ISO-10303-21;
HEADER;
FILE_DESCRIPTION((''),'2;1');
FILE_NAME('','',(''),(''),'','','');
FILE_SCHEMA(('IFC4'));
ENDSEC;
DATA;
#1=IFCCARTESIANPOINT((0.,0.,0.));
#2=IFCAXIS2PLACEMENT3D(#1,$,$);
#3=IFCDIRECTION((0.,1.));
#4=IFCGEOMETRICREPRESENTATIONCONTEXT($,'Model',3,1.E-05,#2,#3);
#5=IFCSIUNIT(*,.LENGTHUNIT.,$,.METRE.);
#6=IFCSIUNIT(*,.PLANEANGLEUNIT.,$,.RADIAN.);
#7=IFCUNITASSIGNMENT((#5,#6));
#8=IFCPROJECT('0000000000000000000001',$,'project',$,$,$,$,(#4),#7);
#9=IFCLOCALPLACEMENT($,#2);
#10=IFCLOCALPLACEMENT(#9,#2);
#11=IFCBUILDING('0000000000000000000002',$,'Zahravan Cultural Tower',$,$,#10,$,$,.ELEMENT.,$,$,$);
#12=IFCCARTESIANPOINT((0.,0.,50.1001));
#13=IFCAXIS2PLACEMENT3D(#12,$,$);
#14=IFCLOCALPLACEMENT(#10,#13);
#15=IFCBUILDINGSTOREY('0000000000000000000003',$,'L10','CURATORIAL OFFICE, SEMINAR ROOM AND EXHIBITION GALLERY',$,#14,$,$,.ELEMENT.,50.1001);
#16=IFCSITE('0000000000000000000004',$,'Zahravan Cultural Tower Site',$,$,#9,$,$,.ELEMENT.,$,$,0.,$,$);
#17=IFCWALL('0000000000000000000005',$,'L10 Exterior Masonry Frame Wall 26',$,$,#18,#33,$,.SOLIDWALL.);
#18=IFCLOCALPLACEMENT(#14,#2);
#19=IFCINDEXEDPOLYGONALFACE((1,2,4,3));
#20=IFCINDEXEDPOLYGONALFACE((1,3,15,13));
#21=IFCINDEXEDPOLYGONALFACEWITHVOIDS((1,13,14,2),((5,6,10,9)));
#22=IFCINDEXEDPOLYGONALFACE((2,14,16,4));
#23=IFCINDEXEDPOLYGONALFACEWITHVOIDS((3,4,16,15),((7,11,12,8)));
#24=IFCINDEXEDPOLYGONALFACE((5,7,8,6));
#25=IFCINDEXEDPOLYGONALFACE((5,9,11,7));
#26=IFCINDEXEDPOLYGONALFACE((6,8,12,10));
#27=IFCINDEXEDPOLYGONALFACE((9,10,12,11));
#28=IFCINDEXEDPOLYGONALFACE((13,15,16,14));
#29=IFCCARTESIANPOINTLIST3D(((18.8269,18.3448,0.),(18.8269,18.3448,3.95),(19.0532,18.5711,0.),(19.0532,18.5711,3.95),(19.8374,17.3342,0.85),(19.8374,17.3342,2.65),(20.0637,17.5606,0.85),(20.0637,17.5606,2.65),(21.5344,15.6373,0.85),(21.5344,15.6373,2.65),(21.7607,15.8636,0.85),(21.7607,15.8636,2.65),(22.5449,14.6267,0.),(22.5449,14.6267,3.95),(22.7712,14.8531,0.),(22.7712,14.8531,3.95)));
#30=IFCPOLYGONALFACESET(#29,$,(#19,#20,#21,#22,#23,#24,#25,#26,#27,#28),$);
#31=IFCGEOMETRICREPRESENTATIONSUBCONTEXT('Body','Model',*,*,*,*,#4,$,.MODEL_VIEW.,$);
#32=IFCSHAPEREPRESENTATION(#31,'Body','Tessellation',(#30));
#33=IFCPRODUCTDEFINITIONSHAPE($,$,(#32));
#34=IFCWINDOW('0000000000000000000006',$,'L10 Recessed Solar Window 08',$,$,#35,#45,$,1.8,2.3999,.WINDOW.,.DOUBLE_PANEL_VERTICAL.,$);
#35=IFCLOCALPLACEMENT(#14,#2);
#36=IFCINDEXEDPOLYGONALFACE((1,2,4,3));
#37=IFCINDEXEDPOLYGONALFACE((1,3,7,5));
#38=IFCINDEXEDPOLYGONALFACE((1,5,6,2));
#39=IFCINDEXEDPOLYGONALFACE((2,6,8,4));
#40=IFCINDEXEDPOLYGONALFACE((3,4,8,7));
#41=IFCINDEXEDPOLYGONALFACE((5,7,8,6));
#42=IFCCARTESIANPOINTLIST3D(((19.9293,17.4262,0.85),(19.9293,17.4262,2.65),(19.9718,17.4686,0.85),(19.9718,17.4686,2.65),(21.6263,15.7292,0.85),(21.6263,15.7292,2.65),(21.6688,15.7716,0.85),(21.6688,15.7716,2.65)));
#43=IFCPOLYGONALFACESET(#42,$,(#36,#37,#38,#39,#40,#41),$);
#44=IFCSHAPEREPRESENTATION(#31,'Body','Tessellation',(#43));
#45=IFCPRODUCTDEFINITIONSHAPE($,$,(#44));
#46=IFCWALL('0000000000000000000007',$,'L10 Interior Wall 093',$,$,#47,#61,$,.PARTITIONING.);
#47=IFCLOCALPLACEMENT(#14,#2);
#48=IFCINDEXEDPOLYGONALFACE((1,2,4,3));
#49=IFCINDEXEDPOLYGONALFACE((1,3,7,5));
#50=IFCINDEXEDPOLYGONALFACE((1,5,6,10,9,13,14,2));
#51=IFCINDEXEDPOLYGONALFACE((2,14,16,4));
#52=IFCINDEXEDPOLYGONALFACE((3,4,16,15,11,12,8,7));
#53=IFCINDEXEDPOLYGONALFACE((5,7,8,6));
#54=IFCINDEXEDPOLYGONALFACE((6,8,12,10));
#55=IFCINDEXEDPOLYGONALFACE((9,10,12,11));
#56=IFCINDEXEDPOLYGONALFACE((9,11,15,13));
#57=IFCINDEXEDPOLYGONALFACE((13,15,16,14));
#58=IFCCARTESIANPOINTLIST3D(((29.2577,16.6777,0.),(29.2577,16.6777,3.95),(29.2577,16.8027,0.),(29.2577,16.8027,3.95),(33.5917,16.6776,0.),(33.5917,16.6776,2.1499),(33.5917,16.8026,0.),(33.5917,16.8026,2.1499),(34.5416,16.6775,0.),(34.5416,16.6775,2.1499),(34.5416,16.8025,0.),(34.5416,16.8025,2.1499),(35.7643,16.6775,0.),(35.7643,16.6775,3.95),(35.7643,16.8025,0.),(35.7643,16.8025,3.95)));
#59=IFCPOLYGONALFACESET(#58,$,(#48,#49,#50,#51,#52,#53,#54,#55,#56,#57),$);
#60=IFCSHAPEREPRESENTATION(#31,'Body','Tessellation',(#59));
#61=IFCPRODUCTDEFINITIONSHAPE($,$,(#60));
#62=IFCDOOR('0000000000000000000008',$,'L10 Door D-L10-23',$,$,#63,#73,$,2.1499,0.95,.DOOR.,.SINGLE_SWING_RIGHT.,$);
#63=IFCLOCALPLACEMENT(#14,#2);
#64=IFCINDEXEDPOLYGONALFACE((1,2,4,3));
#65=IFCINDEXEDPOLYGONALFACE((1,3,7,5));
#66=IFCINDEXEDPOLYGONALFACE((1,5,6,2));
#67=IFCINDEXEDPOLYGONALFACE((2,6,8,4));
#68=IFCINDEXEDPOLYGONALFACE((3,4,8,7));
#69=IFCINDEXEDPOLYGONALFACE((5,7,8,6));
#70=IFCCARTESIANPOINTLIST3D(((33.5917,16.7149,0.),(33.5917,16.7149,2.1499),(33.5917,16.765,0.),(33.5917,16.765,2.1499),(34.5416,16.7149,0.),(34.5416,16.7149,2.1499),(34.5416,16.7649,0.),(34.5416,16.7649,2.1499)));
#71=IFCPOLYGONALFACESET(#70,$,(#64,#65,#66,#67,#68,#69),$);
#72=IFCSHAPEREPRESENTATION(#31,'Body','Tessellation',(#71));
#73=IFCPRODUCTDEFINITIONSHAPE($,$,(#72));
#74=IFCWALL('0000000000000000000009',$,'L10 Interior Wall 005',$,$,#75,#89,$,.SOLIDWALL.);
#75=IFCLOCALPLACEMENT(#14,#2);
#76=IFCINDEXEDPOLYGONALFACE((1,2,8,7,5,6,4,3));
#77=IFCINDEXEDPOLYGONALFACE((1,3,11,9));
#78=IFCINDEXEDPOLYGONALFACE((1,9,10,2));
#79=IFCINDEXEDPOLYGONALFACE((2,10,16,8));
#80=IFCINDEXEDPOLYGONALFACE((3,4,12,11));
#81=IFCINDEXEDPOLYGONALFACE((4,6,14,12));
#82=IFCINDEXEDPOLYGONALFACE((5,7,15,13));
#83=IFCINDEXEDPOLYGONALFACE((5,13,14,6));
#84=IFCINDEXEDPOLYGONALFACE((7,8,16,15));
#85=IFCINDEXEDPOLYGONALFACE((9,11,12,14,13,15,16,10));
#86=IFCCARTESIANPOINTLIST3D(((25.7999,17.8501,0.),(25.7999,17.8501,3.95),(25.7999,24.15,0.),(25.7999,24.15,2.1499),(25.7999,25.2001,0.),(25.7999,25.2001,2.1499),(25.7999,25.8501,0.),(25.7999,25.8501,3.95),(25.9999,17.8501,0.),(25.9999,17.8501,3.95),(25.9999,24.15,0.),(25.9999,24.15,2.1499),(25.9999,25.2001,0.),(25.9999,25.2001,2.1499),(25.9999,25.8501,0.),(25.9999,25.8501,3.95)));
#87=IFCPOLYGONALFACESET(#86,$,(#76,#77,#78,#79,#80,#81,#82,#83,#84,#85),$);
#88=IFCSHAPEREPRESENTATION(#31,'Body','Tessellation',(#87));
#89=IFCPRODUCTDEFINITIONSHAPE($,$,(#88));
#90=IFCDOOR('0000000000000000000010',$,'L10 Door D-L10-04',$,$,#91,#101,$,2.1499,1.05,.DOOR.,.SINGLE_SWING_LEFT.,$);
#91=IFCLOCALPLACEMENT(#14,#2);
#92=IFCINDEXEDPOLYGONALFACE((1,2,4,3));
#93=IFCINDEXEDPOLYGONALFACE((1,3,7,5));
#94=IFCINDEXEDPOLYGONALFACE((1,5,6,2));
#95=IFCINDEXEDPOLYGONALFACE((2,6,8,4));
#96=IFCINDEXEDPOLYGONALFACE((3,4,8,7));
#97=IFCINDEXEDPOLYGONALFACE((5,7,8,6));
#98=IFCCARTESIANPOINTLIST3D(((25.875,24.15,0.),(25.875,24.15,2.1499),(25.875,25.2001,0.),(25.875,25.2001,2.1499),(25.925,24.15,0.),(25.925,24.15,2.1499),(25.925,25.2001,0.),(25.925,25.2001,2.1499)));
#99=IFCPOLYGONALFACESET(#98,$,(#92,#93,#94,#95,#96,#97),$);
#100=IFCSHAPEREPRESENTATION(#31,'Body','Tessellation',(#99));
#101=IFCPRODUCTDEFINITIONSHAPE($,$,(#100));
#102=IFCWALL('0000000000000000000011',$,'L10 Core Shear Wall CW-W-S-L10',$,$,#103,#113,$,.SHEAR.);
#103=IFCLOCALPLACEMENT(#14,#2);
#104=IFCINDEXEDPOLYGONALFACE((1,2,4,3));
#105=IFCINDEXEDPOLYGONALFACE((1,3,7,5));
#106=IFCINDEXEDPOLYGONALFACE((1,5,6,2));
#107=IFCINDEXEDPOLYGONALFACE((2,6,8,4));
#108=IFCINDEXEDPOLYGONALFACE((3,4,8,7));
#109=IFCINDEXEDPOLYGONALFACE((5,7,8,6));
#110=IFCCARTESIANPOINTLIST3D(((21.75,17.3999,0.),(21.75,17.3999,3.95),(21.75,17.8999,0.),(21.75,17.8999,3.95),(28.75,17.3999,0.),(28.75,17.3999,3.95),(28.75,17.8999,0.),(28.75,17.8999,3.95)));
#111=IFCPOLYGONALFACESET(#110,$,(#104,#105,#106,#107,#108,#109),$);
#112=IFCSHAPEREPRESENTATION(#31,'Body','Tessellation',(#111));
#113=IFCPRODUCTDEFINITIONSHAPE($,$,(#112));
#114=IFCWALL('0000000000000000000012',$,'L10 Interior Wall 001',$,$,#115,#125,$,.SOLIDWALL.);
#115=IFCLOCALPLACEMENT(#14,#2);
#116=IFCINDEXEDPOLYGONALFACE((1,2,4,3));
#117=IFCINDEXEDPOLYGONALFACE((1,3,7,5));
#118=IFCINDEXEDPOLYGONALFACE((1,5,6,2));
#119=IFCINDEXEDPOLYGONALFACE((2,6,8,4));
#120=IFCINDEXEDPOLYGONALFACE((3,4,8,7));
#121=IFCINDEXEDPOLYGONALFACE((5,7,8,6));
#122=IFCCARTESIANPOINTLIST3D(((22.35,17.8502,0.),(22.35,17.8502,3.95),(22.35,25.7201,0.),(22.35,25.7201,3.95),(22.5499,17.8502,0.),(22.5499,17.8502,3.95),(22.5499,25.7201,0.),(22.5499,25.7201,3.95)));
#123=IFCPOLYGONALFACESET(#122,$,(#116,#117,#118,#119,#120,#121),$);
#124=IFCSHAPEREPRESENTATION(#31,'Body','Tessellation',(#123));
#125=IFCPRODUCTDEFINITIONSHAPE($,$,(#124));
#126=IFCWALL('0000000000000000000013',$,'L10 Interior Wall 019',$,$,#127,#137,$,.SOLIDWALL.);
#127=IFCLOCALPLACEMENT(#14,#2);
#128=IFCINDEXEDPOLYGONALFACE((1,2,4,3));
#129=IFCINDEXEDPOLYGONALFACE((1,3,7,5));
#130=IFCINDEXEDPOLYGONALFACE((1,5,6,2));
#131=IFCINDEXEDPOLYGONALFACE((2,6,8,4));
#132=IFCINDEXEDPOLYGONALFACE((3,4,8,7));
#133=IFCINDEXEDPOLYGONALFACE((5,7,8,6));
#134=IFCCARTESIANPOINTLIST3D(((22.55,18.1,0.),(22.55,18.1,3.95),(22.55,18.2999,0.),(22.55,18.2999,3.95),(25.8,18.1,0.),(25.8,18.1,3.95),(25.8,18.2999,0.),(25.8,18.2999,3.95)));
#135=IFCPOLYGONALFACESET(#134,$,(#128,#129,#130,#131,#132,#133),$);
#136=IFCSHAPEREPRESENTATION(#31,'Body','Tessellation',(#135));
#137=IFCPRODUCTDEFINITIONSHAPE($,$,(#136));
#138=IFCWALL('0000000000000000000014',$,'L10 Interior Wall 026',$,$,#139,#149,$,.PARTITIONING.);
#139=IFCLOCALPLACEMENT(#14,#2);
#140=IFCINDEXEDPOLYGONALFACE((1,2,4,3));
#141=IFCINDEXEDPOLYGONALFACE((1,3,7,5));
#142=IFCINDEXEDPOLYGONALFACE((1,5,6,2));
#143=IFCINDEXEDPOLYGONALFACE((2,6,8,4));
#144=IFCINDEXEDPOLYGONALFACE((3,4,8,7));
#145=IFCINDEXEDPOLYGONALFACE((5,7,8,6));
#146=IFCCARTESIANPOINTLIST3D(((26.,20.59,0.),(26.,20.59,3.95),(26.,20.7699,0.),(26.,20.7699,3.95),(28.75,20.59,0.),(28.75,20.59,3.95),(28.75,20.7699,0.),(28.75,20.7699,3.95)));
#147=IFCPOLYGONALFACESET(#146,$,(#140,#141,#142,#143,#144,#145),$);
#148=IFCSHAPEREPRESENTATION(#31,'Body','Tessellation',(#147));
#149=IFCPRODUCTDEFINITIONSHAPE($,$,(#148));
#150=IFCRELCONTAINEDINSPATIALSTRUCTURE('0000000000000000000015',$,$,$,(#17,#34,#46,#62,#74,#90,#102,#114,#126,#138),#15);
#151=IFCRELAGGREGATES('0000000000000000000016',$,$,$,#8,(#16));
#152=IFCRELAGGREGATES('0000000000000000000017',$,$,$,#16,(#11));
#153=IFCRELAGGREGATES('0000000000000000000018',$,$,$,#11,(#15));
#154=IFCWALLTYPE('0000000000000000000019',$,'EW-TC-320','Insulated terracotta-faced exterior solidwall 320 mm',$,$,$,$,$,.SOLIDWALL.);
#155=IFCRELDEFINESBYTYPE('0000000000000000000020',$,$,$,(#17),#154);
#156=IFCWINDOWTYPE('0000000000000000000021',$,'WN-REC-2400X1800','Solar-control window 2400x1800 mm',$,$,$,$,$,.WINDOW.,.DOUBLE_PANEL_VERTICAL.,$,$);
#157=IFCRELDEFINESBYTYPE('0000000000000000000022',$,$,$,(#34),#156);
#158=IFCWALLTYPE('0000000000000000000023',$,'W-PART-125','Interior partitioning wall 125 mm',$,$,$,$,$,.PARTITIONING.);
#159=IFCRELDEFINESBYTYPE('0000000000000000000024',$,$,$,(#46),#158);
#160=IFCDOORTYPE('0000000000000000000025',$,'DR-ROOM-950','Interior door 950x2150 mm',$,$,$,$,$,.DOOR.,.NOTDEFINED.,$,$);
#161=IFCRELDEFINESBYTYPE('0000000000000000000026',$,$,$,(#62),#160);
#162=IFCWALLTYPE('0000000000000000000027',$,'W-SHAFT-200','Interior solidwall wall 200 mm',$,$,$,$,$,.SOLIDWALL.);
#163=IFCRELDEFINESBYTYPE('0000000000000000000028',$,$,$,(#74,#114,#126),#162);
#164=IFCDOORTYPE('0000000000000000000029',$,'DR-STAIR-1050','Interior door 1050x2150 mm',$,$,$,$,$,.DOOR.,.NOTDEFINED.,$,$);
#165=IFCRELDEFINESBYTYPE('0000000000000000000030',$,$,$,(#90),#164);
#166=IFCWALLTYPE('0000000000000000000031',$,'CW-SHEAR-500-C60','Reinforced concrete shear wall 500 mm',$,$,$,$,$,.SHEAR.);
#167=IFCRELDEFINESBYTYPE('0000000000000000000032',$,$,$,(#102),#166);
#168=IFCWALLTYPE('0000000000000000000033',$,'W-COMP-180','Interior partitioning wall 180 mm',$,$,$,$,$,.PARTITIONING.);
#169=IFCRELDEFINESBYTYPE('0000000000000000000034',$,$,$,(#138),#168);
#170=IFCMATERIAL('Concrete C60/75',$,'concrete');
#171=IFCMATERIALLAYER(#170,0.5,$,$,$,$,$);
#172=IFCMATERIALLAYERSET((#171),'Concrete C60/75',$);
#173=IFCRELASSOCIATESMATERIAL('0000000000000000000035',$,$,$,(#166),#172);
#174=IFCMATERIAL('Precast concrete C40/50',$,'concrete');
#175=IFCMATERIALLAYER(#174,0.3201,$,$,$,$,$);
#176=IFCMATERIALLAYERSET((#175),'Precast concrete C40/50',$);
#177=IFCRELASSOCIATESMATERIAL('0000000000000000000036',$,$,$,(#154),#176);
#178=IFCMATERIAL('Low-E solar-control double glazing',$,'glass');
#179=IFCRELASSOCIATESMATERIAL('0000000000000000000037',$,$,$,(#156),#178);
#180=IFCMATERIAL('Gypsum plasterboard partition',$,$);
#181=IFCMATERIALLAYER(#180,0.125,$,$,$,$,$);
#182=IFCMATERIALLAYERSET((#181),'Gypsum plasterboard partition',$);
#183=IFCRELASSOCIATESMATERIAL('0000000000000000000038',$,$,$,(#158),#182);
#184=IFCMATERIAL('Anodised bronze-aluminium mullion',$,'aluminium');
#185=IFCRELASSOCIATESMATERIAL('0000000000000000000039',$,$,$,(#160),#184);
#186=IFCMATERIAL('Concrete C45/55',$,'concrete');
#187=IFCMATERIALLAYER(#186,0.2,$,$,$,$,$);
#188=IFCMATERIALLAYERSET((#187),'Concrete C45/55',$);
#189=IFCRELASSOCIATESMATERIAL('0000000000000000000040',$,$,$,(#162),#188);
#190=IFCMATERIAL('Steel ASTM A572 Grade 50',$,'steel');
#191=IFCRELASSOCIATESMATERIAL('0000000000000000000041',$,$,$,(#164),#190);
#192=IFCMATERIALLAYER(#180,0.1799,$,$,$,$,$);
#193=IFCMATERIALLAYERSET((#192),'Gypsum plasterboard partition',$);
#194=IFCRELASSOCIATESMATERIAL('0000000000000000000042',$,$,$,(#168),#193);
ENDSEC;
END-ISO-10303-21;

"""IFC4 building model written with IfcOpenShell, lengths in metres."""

from ifc_helpers import new_model, si_unit, direction, frame, frame_2d, origin, place, context, subcontext, project, spatial, rectangle, extrude, source, transform, mapped, material, layer, layer_set, type_object, element, fill, save


model = new_model("IFC4")

# Units and contexts
model_context = context("Model", 3, precision=1e-05, world=origin(), true_north=direction((0.0, 1.0)))
body_context = subcontext(model_context, "Body", "Model", "MODEL_VIEW")
ifc_project = project(units=[si_unit("LENGTHUNIT", "METRE"), si_unit("PLANEANGLEUNIT", "RADIAN")], contexts=[model_context])

# Site, building, storey
site_placement = place(None, origin())
site = spatial("IfcSite", under=ifc_project, at=site_placement, Name="Zahravan Cultural Tower Site", CompositionType="ELEMENT", RefElevation=0.0)
building_placement = place(site_placement, origin())
building = spatial("IfcBuilding", under=site, at=building_placement, Name="Zahravan Cultural Tower", CompositionType="ELEMENT")
storey_placement = place(building_placement, frame((0.0, 0.0, 50.1001)))
storey = spatial("IfcBuildingStorey", under=building, at=storey_placement, Name="L10", Description="CURATORIAL OFFICE, SEMINAR ROOM AND EXHIBITION GALLERY", CompositionType="ELEMENT", Elevation=50.1001)

# Shared definitions
ifc_material_1 = material(Name="Concrete C60/75", Category="concrete")

# Shared definitions
ifc_material_2 = material(Name="Anodised bronze-aluminium mullion", Category="aluminium")
ifc_material_3 = material(Name="Low-E solar-control double glazing", Category="glass")

# Shared definitions
ifc_layer_1 = layer(ifc_material_1, 0.5)
ifc_layer_set_1 = layer_set([ifc_layer_1], Name="Concrete C60/75")
wall_type_1 = type_object("IfcWallType", Name="CW-SHEAR-500-C60", Description="Reinforced concrete shear wall 500 mm", PredefinedType="SHEAR", material=ifc_layer_set_1)
ifc_material_4 = material(Name="Steel ASTM A572 Grade 50", Category="steel")

# Wall, opening, window
ifc_material_5 = material(Name="Precast concrete C40/50", Category="concrete")
ifc_layer_2 = layer(ifc_material_5, 0.3201)
ifc_layer_set_2 = layer_set([ifc_layer_2], Name="Precast concrete C40/50")
wall_type_2 = type_object("IfcWallType", Name="EW-TC-320", Description="Insulated terracotta-faced exterior solidwall 320 mm", PredefinedType="SOLIDWALL", material=ifc_layer_set_2)
window_type = type_object("IfcWindowType", Name="WN-REC-2400X1800", Description="Solar-control window 2400x1800 mm", PartitioningType="DOUBLE_PANEL_VERTICAL", PredefinedType="WINDOW", material=ifc_material_3)
shared_shape_1 = source(origin(), body_context, "Body", "SweptSolid", [
    extrude(rectangle(XDim=2.3999, YDim=1.8, at=frame_2d((1.2, 0.8999))), frame((0.0, 0.03, 0.0), z_axis=(0.0, -1.0, 0.0), x_axis=(1.0, 0.0, 0.0)), (0.0, 0.0, 1.0), 0.0601),
])
wall_1_placement = place(storey_placement, frame((22.658, 14.74, 0.0), z_axis=(0.0, 0.0, 1.0), x_axis=(-0.707107, 0.707107, 0.0)))
wall_1 = element("IfcWall", 1, at=wall_1_placement, inside=storey, type_object=wall_type_2, Name="L10 Exterior Masonry Frame Wall 26", PredefinedType="SOLIDWALL", context=body_context, shape_type="SweptSolid", body=[
    extrude(rectangle(XDim=5.2581, YDim=0.3201, at=frame_2d((2.6289, 0.0))), origin(), (0.0, 0.0, 1.0), 3.95),
])
opening_1_placement = place(wall_1_placement, frame((1.429, 0.0, 0.8501)))
opening_1 = element("IfcOpeningElement", 2, at=opening_1_placement, cuts=wall_1, PredefinedType="OPENING", context=body_context, shape_type="SweptSolid", body=[
    extrude(rectangle(XDim=2.3999, YDim=1.8, at=frame_2d((1.2, 0.8999))), frame((0.0, 0.1699, 0.0), z_axis=(0.0, -1.0, 0.0), x_axis=(1.0, 0.0, 0.0)), (0.0, 0.0, 1.0), 0.3401),
])
window_1_placement = place(opening_1_placement, origin())
window_1 = element("IfcWindow", 3, at=window_1_placement, inside=storey, type_object=window_type, Name="L10 Recessed Solar Window 08", OverallHeight=1.8, OverallWidth=2.3999, PartitioningType="DOUBLE_PANEL_VERTICAL", PredefinedType="WINDOW", context=body_context, shape_type="MappedRepresentation", body=[
    mapped(shared_shape_1, transform((0.0, 0.0, 0.0), x_axis=(1.0, 0.0, 0.0), y_axis=(0.0, 1.0, 0.0), z_axis=(0.0, 0.0, 1.0), scale=1.0)),
])
fill(opening_1, window_1)

# Walls, openings, doors
ifc_material_6 = material(Name="Gypsum plasterboard partition")
ifc_layer_3 = layer(ifc_material_6, 0.125)
ifc_layer_set_3 = layer_set([ifc_layer_3], Name="Gypsum plasterboard partition")
wall_type_3 = type_object("IfcWallType", Name="W-PART-125", Description="Interior partitioning wall 125 mm", PredefinedType="PARTITIONING", material=ifc_layer_set_3)
wall_2_placement = place(storey_placement, frame((29.2576, 16.7402, 0.0), z_axis=(0.0, 0.0, 1.0), x_axis=(1.0, -0.000038, 0.0)))
wall_2 = element("IfcWall", 4, at=wall_2_placement, inside=storey, type_object=wall_type_3, Name="L10 Interior Wall 093", PredefinedType="PARTITIONING", context=body_context, shape_type="SweptSolid", body=[
    extrude(rectangle(XDim=6.5066, YDim=0.125, at=frame_2d((3.2534, 0.0))), origin(), (0.0, 0.0, 1.0), 3.95),
])
opening_2_placement = place(wall_2_placement, frame((4.334, 0.0, 0.0)))
opening_2 = element("IfcOpeningElement", 5, at=opening_2_placement, cuts=wall_2, PredefinedType="OPENING", context=body_context, shape_type="SweptSolid", body=[
    extrude(rectangle(XDim=0.95, YDim=2.1499, at=frame_2d((0.4751, 1.075))), frame((0.0, 0.0725, 0.0), z_axis=(0.0, -1.0, 0.0), x_axis=(1.0, 0.0, 0.0)), (0.0, 0.0, 1.0), 0.145),
])
door_type_1 = type_object("IfcDoorType", Name="DR-ROOM-950", Description="Interior door 950x2150 mm", OperationType="NOTDEFINED", PredefinedType="DOOR", material=ifc_material_2)
shared_shape_2 = source(origin(), body_context, "Body", "SweptSolid", [
    extrude(rectangle(XDim=0.95, YDim=2.1499, at=frame_2d((0.4751, 1.075))), frame((0.0, 0.0249, 0.0), z_axis=(0.0, -1.0, 0.0), x_axis=(1.0, 0.0, 0.0)), (0.0, 0.0, 1.0), 0.05),
])
door_1_placement = place(opening_2_placement, origin())
door_1 = element("IfcDoor", 6, at=door_1_placement, inside=storey, type_object=door_type_1, Name="L10 Door D-L10-23", OperationType="SINGLE_SWING_RIGHT", OverallHeight=2.1499, OverallWidth=0.95, PredefinedType="DOOR", context=body_context, shape_type="MappedRepresentation", body=[
    mapped(shared_shape_2, transform((0.0, 0.0, 0.0), x_axis=(1.0, 0.0, 0.0), y_axis=(0.0, 1.0, 0.0), z_axis=(0.0, 0.0, 1.0), scale=1.0)),
])
fill(opening_2, door_1)
ifc_material_7 = material(Name="Concrete C45/55", Category="concrete")
ifc_layer_4 = layer(ifc_material_7, 0.2)
ifc_layer_set_4 = layer_set([ifc_layer_4], Name="Concrete C45/55")
wall_type_4 = type_object("IfcWallType", Name="W-SHAFT-200", Description="Interior solidwall wall 200 mm", PredefinedType="SOLIDWALL", material=ifc_layer_set_4)
wall_3_placement = place(storey_placement, frame((25.8999, 17.8501, 0.0), z_axis=(0.0, 0.0, 1.0), x_axis=(0.0, 1.0, 0.0)))
wall_3 = element("IfcWall", 7, at=wall_3_placement, inside=storey, type_object=wall_type_4, Name="L10 Interior Wall 005", PredefinedType="SOLIDWALL", context=body_context, shape_type="SweptSolid", body=[
    extrude(rectangle(XDim=8.0, YDim=0.2, at=frame_2d((4.0, 0.0))), origin(), (0.0, 0.0, 1.0), 3.95),
])
opening_3_placement = place(wall_3_placement, frame((6.3, 0.0, 0.0)))
opening_3 = element("IfcOpeningElement", 8, at=opening_3_placement, cuts=wall_3, PredefinedType="OPENING", context=body_context, shape_type="SweptSolid", body=[
    extrude(rectangle(XDim=1.05, YDim=2.1499, at=frame_2d((0.5249, 1.075))), frame((0.0, 0.1099, 0.0), z_axis=(0.0, -1.0, 0.0), x_axis=(1.0, 0.0, 0.0)), (0.0, 0.0, 1.0), 0.22),
])
door_type_2 = type_object("IfcDoorType", Name="DR-STAIR-1050", Description="Interior door 1050x2150 mm", OperationType="NOTDEFINED", PredefinedType="DOOR", material=ifc_material_4)
shared_shape_3 = source(origin(), body_context, "Body", "SweptSolid", [
    extrude(rectangle(XDim=1.05, YDim=2.1499, at=frame_2d((0.5249, 1.075))), frame((0.0, 0.0249, 0.0), z_axis=(0.0, -1.0, 0.0), x_axis=(1.0, 0.0, 0.0)), (0.0, 0.0, 1.0), 0.05),
])
door_2_placement = place(opening_3_placement, origin())
door_2 = element("IfcDoor", 9, at=door_2_placement, inside=storey, type_object=door_type_2, Name="L10 Door D-L10-04", OperationType="SINGLE_SWING_LEFT", OverallHeight=2.1499, OverallWidth=1.05, PredefinedType="DOOR", context=body_context, shape_type="MappedRepresentation", body=[
    mapped(shared_shape_3, transform((0.0, 0.0, 0.0), x_axis=(1.0, 0.0, 0.0), y_axis=(0.0, 1.0, 0.0), z_axis=(0.0, 0.0, 1.0), scale=1.0)),
])
fill(opening_3, door_2)

# Walls
shared_shape_4 = source(origin(), body_context, "Body", "SweptSolid", [
    extrude(rectangle(XDim=7.0, YDim=0.5, at=frame_2d((3.5, 0.0))), origin(), (0.0, 0.0, 1.0), 3.95),
])
wall_4_placement = place(storey_placement, frame((21.75, 17.6499, 0.0), z_axis=(0.0, 0.0, 1.0), x_axis=(1.0, 0.0, 0.0)))
element("IfcWall", 10, at=wall_4_placement, inside=storey, type_object=wall_type_1, Name="L10 Core Shear Wall CW-W-S-L10", PredefinedType="SHEAR", context=body_context, shape_type="MappedRepresentation", body=[
    mapped(shared_shape_4, transform((0.0, 0.0, 0.0), x_axis=(1.0, 0.0, 0.0), y_axis=(0.0, 1.0, 0.0), z_axis=(0.0, 0.0, 1.0), scale=1.0)),
])
shared_shape_5 = source(origin(), body_context, "Body", "SweptSolid", [
    extrude(rectangle(XDim=7.8699, YDim=0.2, at=frame_2d((3.9351, 0.0))), origin(), (0.0, 0.0, 1.0), 3.95),
])
wall_5_placement = place(storey_placement, frame((22.45, 17.8501, 0.0), z_axis=(0.0, 0.0, 1.0), x_axis=(0.0, 1.0, 0.0)))
element("IfcWall", 11, at=wall_5_placement, inside=storey, type_object=wall_type_4, Name="L10 Interior Wall 001", PredefinedType="SOLIDWALL", context=body_context, shape_type="MappedRepresentation", body=[
    mapped(shared_shape_5, transform((0.0, 0.0, 0.0), x_axis=(1.0, 0.0, 0.0), y_axis=(0.0, 1.0, 0.0), z_axis=(0.0, 0.0, 1.0), scale=1.0)),
])
shared_shape_6 = source(origin(), body_context, "Body", "SweptSolid", [
    extrude(rectangle(XDim=3.25, YDim=0.2, at=frame_2d((1.625, 0.0))), origin(), (0.0, 0.0, 1.0), 3.95),
])
wall_6_placement = place(storey_placement, frame((22.55, 18.2, 0.0), z_axis=(0.0, 0.0, 1.0), x_axis=(1.0, 0.0, 0.0)))
element("IfcWall", 12, at=wall_6_placement, inside=storey, type_object=wall_type_4, Name="L10 Interior Wall 019", PredefinedType="SOLIDWALL", context=body_context, shape_type="MappedRepresentation", body=[
    mapped(shared_shape_6, transform((0.0, 0.0, 0.0), x_axis=(1.0, 0.0, 0.0), y_axis=(0.0, 1.0, 0.0), z_axis=(0.0, 0.0, 1.0), scale=1.0)),
])
ifc_layer_5 = layer(ifc_material_6, 0.1799)
ifc_layer_set_5 = layer_set([ifc_layer_5], Name="Gypsum plasterboard partition")
wall_type_5 = type_object("IfcWallType", Name="W-COMP-180", Description="Interior partitioning wall 180 mm", PredefinedType="PARTITIONING", material=ifc_layer_set_5)
shared_shape_7 = source(origin(), body_context, "Body", "SweptSolid", [
    extrude(rectangle(XDim=2.75, YDim=0.1799, at=frame_2d((1.375, 0.0))), origin(), (0.0, 0.0, 1.0), 3.95),
])
wall_7_placement = place(storey_placement, frame((26.0, 20.6799, 0.0), z_axis=(0.0, 0.0, 1.0), x_axis=(1.0, 0.0, 0.0)))
element("IfcWall", 13, at=wall_7_placement, inside=storey, type_object=wall_type_5, Name="L10 Interior Wall 026", PredefinedType="PARTITIONING", context=body_context, shape_type="MappedRepresentation", body=[
    mapped(shared_shape_7, transform((0.0, 0.0, 0.0), x_axis=(1.0, 0.0, 0.0), y_axis=(0.0, 1.0, 0.0), z_axis=(0.0, 0.0, 1.0), scale=1.0)),
])

save(model, "model.ifc")
